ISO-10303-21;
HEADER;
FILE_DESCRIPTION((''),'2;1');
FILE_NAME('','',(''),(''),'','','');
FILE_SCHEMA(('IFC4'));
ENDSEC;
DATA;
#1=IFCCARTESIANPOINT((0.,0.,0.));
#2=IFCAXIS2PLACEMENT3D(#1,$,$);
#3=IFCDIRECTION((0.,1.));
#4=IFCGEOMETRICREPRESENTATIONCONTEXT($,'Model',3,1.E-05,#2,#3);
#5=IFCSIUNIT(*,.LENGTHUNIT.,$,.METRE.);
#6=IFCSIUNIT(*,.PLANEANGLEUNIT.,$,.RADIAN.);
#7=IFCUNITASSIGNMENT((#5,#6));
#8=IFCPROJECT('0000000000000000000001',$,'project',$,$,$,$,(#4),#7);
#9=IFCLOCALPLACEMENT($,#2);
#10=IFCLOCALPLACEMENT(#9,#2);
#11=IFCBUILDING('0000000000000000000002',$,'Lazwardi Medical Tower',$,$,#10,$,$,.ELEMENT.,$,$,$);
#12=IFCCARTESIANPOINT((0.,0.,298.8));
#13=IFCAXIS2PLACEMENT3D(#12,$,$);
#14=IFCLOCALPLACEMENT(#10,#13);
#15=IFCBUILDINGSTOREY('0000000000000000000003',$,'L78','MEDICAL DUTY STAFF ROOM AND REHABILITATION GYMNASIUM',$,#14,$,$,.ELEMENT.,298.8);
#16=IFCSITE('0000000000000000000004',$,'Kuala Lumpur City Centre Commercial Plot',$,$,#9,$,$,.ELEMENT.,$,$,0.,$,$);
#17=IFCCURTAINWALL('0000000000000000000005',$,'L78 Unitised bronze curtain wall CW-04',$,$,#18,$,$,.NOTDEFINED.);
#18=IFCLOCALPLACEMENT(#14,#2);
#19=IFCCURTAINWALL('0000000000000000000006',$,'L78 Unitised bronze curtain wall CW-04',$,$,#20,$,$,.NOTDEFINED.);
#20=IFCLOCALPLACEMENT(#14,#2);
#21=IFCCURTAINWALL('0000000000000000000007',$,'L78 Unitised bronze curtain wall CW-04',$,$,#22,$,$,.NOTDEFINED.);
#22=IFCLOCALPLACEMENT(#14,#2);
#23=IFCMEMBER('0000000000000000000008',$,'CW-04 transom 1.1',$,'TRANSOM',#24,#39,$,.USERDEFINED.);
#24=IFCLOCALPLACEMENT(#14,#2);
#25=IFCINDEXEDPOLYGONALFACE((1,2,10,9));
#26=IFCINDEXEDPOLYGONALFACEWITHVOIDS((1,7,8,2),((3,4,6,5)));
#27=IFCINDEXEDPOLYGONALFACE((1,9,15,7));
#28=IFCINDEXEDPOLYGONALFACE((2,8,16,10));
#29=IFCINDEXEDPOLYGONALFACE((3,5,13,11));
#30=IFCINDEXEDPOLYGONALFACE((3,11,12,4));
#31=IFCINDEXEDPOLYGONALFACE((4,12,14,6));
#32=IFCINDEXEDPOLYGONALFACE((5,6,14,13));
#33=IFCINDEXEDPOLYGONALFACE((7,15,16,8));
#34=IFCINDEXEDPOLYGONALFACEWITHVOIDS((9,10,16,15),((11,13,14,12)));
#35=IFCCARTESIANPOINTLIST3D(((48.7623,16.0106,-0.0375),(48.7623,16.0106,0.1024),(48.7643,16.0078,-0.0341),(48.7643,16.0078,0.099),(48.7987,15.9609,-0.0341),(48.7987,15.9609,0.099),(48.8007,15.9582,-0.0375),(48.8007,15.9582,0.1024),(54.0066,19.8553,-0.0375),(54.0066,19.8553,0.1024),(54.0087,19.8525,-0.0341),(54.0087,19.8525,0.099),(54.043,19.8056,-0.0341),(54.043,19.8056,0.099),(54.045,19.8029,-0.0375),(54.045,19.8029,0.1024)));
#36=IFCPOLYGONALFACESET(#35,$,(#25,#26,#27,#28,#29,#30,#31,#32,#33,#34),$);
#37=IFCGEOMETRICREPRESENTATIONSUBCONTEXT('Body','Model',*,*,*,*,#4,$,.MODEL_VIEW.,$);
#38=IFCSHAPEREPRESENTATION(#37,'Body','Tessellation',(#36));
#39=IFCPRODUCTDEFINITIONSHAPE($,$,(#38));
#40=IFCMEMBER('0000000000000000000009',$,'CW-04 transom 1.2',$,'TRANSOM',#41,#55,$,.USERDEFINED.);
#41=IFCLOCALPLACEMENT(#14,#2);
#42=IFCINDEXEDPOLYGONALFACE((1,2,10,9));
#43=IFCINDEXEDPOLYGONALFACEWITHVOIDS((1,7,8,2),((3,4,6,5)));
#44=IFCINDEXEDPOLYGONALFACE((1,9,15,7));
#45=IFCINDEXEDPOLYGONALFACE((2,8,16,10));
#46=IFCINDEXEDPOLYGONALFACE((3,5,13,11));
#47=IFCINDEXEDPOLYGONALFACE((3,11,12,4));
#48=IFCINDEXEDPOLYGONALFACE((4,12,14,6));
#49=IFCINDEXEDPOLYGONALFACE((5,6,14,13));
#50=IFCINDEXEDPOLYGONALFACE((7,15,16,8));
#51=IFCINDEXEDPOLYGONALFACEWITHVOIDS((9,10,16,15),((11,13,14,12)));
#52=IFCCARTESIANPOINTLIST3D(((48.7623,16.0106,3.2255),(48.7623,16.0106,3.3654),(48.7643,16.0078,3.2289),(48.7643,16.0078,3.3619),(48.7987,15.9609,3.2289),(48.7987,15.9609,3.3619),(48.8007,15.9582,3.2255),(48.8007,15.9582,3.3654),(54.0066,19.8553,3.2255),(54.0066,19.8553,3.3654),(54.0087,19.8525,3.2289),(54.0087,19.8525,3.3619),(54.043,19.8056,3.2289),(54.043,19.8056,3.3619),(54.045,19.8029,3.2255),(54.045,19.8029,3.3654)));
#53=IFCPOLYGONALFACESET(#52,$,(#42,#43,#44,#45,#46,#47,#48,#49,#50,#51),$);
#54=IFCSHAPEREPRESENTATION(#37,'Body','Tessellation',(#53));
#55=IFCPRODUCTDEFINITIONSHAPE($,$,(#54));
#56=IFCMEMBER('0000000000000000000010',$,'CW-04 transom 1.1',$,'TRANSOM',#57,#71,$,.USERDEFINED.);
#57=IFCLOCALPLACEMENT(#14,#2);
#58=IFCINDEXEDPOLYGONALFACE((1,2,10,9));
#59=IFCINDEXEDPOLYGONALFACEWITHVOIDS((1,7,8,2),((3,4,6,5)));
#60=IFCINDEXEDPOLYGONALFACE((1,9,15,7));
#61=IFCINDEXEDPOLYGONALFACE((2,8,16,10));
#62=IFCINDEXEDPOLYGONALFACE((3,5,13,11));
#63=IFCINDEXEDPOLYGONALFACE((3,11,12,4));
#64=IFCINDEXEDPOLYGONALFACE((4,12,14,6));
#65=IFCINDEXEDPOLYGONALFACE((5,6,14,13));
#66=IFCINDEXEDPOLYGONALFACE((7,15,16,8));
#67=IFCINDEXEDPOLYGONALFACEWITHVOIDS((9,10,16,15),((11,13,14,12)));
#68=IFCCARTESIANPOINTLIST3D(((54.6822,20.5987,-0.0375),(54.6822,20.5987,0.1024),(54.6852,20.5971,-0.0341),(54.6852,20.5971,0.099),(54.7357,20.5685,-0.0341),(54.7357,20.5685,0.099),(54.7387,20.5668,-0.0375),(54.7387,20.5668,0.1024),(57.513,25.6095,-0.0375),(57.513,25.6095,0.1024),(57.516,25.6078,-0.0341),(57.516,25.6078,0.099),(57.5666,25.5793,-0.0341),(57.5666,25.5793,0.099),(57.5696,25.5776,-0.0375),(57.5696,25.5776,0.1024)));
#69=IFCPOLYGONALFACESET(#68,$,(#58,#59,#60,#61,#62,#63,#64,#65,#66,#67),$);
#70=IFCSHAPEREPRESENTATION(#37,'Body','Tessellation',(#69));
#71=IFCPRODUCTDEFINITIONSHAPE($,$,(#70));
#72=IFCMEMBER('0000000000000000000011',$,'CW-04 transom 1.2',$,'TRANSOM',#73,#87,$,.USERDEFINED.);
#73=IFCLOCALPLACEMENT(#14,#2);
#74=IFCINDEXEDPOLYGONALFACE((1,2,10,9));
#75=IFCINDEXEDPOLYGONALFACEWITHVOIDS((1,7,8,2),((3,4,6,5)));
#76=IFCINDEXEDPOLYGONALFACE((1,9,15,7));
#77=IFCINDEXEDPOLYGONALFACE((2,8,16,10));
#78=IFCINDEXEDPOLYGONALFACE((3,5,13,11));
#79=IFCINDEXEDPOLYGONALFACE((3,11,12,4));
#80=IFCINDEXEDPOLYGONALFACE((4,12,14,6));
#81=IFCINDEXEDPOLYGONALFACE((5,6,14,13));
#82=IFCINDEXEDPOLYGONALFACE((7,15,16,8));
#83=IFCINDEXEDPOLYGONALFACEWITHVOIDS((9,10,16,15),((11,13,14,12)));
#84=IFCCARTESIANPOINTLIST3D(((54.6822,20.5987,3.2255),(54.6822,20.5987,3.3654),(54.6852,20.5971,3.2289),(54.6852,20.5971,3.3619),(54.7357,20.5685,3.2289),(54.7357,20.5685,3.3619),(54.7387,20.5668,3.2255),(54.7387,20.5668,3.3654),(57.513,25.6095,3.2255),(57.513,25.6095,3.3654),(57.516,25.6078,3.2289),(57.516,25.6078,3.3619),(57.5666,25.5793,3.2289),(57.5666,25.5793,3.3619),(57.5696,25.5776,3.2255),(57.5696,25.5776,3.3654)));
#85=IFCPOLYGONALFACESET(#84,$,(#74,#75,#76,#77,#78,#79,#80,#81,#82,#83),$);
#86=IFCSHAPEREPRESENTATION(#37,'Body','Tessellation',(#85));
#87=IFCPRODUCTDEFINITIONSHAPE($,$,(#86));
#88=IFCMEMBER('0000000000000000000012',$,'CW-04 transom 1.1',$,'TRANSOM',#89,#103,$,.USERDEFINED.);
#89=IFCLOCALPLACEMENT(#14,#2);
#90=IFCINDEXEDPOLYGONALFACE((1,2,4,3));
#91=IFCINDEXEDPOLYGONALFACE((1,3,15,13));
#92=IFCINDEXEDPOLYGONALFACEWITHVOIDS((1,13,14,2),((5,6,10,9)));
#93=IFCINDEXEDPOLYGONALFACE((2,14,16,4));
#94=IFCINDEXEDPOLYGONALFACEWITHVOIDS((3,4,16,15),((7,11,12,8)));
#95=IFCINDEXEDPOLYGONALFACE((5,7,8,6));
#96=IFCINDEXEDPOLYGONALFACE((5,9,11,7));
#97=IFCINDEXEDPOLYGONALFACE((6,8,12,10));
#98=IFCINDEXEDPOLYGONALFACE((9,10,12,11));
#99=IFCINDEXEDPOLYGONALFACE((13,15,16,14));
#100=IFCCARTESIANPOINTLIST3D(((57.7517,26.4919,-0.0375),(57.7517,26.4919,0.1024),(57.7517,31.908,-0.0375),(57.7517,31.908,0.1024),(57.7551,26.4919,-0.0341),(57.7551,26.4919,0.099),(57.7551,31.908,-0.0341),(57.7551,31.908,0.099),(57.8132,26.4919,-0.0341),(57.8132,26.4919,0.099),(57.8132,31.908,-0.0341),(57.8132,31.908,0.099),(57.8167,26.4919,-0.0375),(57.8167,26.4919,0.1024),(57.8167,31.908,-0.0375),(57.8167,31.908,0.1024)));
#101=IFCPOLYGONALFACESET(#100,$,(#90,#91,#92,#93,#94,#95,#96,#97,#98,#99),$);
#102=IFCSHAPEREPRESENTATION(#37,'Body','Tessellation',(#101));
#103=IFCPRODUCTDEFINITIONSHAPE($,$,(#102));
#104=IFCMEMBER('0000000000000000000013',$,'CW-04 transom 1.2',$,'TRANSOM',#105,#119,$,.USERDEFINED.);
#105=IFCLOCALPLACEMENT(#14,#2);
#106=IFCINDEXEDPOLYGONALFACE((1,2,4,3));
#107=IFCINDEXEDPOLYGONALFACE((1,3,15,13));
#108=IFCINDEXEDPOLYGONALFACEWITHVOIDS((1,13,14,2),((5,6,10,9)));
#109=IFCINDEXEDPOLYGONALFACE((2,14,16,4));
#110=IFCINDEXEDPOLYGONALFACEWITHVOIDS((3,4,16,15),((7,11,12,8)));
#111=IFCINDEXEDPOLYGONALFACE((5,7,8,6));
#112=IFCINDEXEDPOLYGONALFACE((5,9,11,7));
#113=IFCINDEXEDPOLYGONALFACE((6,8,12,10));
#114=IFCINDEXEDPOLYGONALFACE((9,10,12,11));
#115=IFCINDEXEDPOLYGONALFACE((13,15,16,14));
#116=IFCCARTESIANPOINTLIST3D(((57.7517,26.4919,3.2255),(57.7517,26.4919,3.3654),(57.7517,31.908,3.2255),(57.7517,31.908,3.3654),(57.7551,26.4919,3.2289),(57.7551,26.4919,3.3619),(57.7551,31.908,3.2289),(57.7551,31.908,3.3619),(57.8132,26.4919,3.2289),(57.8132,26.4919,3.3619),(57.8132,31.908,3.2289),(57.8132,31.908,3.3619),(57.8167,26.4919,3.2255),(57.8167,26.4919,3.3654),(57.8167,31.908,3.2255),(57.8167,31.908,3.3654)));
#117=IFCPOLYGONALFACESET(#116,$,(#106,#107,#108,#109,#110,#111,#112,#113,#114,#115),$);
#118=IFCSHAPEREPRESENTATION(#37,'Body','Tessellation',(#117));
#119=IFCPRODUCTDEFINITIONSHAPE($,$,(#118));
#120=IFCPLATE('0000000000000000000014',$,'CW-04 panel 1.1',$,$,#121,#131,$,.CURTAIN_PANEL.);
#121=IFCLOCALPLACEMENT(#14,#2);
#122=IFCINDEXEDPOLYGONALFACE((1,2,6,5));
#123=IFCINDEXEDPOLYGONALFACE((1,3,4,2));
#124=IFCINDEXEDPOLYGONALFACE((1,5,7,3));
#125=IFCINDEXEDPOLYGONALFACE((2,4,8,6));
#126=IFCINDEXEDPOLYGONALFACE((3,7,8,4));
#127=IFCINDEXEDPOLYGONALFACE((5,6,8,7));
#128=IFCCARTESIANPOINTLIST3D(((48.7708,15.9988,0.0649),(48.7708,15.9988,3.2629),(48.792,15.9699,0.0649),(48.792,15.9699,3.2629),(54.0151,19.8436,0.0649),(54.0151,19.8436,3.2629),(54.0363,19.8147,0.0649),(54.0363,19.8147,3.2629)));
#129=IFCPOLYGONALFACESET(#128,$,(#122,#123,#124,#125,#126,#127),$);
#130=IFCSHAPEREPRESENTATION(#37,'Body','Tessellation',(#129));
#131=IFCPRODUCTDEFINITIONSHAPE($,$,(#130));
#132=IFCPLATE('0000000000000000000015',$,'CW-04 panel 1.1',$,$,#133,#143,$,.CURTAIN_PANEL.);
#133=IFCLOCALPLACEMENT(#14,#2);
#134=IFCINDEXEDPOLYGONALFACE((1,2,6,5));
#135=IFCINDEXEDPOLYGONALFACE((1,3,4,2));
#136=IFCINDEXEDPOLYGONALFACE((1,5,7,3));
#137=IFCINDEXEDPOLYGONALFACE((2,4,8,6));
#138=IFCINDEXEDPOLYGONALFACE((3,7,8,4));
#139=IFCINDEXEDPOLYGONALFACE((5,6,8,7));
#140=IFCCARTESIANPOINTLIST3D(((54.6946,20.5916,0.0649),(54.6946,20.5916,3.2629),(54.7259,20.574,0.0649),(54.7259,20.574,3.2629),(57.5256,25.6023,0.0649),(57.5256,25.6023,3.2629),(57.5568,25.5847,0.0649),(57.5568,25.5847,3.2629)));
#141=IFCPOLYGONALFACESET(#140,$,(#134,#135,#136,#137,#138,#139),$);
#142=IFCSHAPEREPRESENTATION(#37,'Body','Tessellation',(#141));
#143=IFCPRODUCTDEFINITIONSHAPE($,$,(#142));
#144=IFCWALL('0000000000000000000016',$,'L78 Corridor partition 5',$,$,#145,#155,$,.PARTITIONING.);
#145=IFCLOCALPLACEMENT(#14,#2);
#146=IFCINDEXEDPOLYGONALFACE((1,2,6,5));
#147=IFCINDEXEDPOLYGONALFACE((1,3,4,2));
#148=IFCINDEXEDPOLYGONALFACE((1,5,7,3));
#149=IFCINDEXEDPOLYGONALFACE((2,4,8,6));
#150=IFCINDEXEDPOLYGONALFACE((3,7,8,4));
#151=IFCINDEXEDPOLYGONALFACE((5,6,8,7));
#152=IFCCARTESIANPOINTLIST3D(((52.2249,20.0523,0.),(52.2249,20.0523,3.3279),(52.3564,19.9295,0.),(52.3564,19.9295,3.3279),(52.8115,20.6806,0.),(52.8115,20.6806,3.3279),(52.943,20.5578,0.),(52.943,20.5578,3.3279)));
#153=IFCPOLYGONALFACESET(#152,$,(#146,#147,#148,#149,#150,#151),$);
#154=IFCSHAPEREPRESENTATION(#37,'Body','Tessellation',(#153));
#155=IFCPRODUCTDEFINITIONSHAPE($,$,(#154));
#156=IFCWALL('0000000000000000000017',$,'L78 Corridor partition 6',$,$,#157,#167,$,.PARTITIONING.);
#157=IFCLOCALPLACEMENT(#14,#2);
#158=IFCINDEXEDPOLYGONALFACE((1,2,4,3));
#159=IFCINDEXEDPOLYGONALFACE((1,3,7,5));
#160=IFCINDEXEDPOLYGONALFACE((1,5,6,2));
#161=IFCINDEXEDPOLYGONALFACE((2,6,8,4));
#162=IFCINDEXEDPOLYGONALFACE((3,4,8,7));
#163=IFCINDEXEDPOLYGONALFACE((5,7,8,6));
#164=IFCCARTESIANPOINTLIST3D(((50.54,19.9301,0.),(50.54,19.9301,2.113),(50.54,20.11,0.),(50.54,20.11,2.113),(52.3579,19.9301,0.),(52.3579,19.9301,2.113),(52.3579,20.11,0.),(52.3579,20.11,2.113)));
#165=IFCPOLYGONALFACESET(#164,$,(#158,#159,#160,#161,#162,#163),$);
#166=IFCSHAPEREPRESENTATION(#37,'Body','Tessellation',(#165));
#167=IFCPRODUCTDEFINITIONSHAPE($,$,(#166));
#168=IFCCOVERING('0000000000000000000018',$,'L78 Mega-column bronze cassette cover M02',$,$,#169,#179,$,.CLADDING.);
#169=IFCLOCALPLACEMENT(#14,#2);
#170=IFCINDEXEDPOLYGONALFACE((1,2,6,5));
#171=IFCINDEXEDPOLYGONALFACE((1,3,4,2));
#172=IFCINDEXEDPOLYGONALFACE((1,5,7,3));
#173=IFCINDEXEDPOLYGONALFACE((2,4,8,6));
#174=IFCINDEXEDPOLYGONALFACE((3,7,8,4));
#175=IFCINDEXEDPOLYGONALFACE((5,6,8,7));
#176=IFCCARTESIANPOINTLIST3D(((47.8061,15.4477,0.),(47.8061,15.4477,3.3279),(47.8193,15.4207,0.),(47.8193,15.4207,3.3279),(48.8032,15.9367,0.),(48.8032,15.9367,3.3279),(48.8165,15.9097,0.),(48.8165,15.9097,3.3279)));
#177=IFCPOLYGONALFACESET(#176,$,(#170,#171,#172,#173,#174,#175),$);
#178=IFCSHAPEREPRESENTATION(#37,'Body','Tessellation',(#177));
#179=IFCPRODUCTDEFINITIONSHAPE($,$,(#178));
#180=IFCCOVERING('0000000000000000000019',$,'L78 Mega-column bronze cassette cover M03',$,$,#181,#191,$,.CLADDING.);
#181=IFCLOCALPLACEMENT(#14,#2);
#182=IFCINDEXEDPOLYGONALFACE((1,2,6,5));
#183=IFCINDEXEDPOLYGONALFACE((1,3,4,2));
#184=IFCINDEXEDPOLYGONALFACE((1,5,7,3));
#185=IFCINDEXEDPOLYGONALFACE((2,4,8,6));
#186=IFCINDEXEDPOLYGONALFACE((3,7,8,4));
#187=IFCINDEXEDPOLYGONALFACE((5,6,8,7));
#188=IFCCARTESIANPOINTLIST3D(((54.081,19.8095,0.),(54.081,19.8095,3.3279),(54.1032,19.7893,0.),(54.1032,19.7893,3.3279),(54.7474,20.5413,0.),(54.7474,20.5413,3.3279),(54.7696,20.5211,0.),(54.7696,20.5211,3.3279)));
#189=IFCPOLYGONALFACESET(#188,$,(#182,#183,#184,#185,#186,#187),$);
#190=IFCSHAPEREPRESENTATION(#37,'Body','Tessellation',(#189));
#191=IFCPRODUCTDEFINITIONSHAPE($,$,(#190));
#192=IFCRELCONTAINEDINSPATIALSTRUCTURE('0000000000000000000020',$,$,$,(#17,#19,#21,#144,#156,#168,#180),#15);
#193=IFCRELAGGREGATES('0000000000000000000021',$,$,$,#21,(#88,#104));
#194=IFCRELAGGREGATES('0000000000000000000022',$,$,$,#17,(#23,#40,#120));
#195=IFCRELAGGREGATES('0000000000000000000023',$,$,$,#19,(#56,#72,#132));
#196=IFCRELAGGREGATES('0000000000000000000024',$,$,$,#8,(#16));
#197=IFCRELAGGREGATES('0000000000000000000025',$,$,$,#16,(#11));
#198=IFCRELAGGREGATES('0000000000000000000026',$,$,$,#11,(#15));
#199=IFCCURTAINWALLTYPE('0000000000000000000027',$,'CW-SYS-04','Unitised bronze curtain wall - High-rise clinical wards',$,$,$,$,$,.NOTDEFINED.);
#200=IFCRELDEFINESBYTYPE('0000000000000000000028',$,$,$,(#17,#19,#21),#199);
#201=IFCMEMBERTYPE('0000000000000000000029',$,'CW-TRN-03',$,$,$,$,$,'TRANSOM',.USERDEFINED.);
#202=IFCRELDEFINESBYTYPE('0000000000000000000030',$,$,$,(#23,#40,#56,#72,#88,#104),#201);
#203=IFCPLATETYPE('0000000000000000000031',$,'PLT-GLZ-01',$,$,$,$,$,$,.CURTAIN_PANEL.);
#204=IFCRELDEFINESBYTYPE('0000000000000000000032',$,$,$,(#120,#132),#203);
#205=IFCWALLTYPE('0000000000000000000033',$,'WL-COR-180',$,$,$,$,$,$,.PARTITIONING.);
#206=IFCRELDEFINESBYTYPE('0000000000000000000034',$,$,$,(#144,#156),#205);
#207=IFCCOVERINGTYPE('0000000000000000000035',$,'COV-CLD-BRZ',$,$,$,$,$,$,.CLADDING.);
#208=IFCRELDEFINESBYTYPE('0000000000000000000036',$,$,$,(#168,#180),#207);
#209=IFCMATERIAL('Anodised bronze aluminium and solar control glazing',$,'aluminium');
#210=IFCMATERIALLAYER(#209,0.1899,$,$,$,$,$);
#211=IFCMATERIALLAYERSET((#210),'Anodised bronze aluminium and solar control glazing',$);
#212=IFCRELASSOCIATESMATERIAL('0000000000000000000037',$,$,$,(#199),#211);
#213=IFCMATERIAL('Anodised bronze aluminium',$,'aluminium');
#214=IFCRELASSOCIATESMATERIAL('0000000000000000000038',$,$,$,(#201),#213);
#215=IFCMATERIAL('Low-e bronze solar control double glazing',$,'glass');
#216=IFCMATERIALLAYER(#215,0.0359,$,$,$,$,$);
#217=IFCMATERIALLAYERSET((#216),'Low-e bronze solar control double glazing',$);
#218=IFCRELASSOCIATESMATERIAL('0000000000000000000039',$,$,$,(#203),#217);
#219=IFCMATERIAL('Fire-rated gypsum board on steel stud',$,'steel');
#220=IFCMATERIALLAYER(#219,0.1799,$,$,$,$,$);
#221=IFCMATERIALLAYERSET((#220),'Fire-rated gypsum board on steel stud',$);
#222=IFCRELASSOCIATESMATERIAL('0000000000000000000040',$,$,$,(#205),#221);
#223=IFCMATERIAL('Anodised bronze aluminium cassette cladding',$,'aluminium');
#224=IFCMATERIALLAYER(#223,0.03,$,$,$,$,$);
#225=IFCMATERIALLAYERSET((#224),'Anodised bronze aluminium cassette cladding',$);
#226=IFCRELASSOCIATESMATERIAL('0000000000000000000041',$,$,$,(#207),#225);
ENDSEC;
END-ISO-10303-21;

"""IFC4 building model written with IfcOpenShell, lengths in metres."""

from ifc_helpers import new_model, si_unit, direction, frame, frame_2d, origin, origin_2d, place, context, subcontext, project, spatial, rectangle, hollow_rectangle, extrude, material, layer, layer_set, material_profile, profile_set, type_object, element, aggregate, save


model = new_model("IFC4")

# Units and contexts
model_context = context("Model", 3, precision=1e-05, world=origin(), true_north=direction((0.0, 1.0)))
body_context = subcontext(model_context, "Body", "Model", "MODEL_VIEW")
ifc_project = project(units=[si_unit("LENGTHUNIT", "METRE"), si_unit("PLANEANGLEUNIT", "RADIAN")], contexts=[model_context])

# Site, building, storey
site_placement = place(None, origin())
site = spatial("IfcSite", under=ifc_project, at=site_placement, Name="Kuala Lumpur City Centre Commercial Plot", CompositionType="ELEMENT", RefElevation=0.0)
building_placement = place(site_placement, origin())
building = spatial("IfcBuilding", under=site, at=building_placement, Name="Lazwardi Medical Tower", CompositionType="ELEMENT")
storey_placement = place(building_placement, frame((0.0, 0.0, 298.8)))
storey = spatial("IfcBuildingStorey", under=building, at=storey_placement, Name="L78", Description="MEDICAL DUTY STAFF ROOM AND REHABILITATION GYMNASIUM", CompositionType="ELEMENT", Elevation=298.8)

# Curtain walls
ifc_material_1 = material(Name="Anodised bronze aluminium and solar control glazing", Category="aluminium")
ifc_layer_1 = layer(ifc_material_1, 0.1899)
ifc_layer_set_1 = layer_set([ifc_layer_1], Name="Anodised bronze aluminium and solar control glazing")
curtain_wall_type = type_object("IfcCurtainWallType", Name="CW-SYS-04", Description="Unitised bronze curtain wall - High-rise clinical wards", PredefinedType="NOTDEFINED", material=ifc_layer_set_1)
curtain_wall_1_placement = place(storey_placement, origin())
curtain_wall_1 = element("IfcCurtainWall", 1, at=curtain_wall_1_placement, inside=storey, type_object=curtain_wall_type, Name="L78 Unitised bronze curtain wall CW-04", PredefinedType="NOTDEFINED")
ifc_material_2 = material(Name="Anodised bronze aluminium", Category="aluminium")
curtain_wall_2_placement = place(storey_placement, origin())
curtain_wall_2 = element("IfcCurtainWall", 2, at=curtain_wall_2_placement, inside=storey, type_object=curtain_wall_type, Name="L78 Unitised bronze curtain wall CW-04", PredefinedType="NOTDEFINED")

# Curtain wall
curtain_wall_3_placement = place(storey_placement, origin())
curtain_wall_3 = element("IfcCurtainWall", 3, at=curtain_wall_3_placement, inside=storey, type_object=curtain_wall_type, Name="L78 Unitised bronze curtain wall CW-04", PredefinedType="NOTDEFINED")

# Members
ifc_material_profile_1 = material_profile(ifc_material_2, hollow_rectangle(XDim=0.0649, YDim=0.1399, WallThickness=0.0034, at=origin_2d()), Name="ALU-TRANSOM 140x65x3.5")
ifc_profile_set_1 = profile_set([ifc_material_profile_1], Name="Anodised bronze aluminium")
member_type_1 = type_object("IfcMemberType", Name="CW-TRN-03", ElementType="TRANSOM", PredefinedType="USERDEFINED", material=ifc_profile_set_1)
member_1_placement = place(storey_placement, frame((48.7815, 15.9844, 0.0325), z_axis=(0.80649, 0.591248, 0.0), x_axis=(-0.591248, 0.80649, 0.0)))
member_1 = element("IfcMember", 4, at=member_1_placement, type_object=member_type_1, Name="CW-04 transom 1.1", ObjectType="TRANSOM", PredefinedType="USERDEFINED", context=body_context, shape_type="SweptSolid", body=[
    extrude(hollow_rectangle(XDim=0.0649, YDim=0.1399, WallThickness=0.0034, at=origin_2d()), origin(), (0.0, 0.0, 1.0), 6.5027),
])
member_2_placement = place(storey_placement, frame((48.7815, 15.9844, 3.2954), z_axis=(0.80649, 0.591248, 0.0), x_axis=(-0.591248, 0.80649, 0.0)))
member_2 = element("IfcMember", 5, at=member_2_placement, type_object=member_type_1, Name="CW-04 transom 1.2", ObjectType="TRANSOM", PredefinedType="USERDEFINED", context=body_context, shape_type="SweptSolid", body=[
    extrude(hollow_rectangle(XDim=0.0649, YDim=0.1399, WallThickness=0.0034, at=origin_2d()), origin(), (0.0, 0.0, 1.0), 6.5027),
])
member_3_placement = place(storey_placement, frame((54.7104, 20.5828, 0.0325), z_axis=(0.49188, 0.870663, 0.0), x_axis=(-0.870663, 0.49188, 0.0)))
member_3 = element("IfcMember", 6, at=member_3_placement, type_object=member_type_1, Name="CW-04 transom 1.1", ObjectType="TRANSOM", PredefinedType="USERDEFINED", context=body_context, shape_type="SweptSolid", body=[
    extrude(hollow_rectangle(XDim=0.0649, YDim=0.1399, WallThickness=0.0034, at=origin_2d()), origin(), (0.0, 0.0, 1.0), 5.7551),
])
member_4_placement = place(storey_placement, frame((54.7104, 20.5828, 3.2954), z_axis=(0.49188, 0.870663, 0.0), x_axis=(-0.870663, 0.49188, 0.0)))
member_4 = element("IfcMember", 7, at=member_4_placement, type_object=member_type_1, Name="CW-04 transom 1.2", ObjectType="TRANSOM", PredefinedType="USERDEFINED", context=body_context, shape_type="SweptSolid", body=[
    extrude(hollow_rectangle(XDim=0.0649, YDim=0.1399, WallThickness=0.0034, at=origin_2d()), origin(), (0.0, 0.0, 1.0), 5.7551),
])
member_5_placement = place(storey_placement, frame((57.7842, 26.4919, 0.0325), z_axis=(0.0, 1.0, 0.0), x_axis=(-1.0, 0.0, 0.0)))
member_5 = element("IfcMember", 8, at=member_5_placement, type_object=member_type_1, Name="CW-04 transom 1.1", ObjectType="TRANSOM", PredefinedType="USERDEFINED", context=body_context, shape_type="SweptSolid", body=[
    extrude(hollow_rectangle(XDim=0.0649, YDim=0.1399, WallThickness=0.0034, at=origin_2d()), origin(), (0.0, 0.0, 1.0), 5.416),
])
member_6_placement = place(storey_placement, frame((57.7842, 26.4919, 3.2954), z_axis=(0.0, 1.0, 0.0), x_axis=(-1.0, 0.0, 0.0)))
member_6 = element("IfcMember", 9, at=member_6_placement, type_object=member_type_1, Name="CW-04 transom 1.2", ObjectType="TRANSOM", PredefinedType="USERDEFINED", context=body_context, shape_type="SweptSolid", body=[
    extrude(hollow_rectangle(XDim=0.0649, YDim=0.1399, WallThickness=0.0034, at=origin_2d()), origin(), (0.0, 0.0, 1.0), 5.416),
])
aggregate(curtain_wall_3, [member_5, member_6])

# Plates
ifc_material_3 = material(Name="Low-e bronze solar control double glazing", Category="glass")
ifc_layer_2 = layer(ifc_material_3, 0.0359)
ifc_layer_set_2 = layer_set([ifc_layer_2], Name="Low-e bronze solar control double glazing")
plate_type = type_object("IfcPlateType", Name="PLT-GLZ-01", PredefinedType="CURTAIN_PANEL", material=ifc_layer_set_2)
plate_1_placement = place(storey_placement, frame((51.4036, 17.9067, 0.0649), z_axis=(0.0, 0.0, 1.0), x_axis=(0.806475, 0.591268, 0.0)))
plate_1 = element("IfcPlate", 10, at=plate_1_placement, type_object=plate_type, Name="CW-04 panel 1.1", PredefinedType="CURTAIN_PANEL", context=body_context, shape_type="SweptSolid", body=[
    extrude(rectangle(XDim=6.5027, YDim=0.0359, at=origin_2d()), origin(), (0.0, 0.0, 1.0), 3.198),
])
aggregate(curtain_wall_1, [member_1, member_2, plate_1])
plate_2_placement = place(storey_placement, frame((56.1257, 23.0881, 0.0649), z_axis=(0.0, 0.0, 1.0), x_axis=(0.4919, 0.870651, 0.0)))
plate_2 = element("IfcPlate", 11, at=plate_2_placement, type_object=plate_type, Name="CW-04 panel 1.1", PredefinedType="CURTAIN_PANEL", context=body_context, shape_type="SweptSolid", body=[
    extrude(rectangle(XDim=5.7551, YDim=0.0359, at=origin_2d()), origin(), (0.0, 0.0, 1.0), 3.198),
])
aggregate(curtain_wall_2, [member_3, member_4, plate_2])

# Walls
ifc_material_4 = material(Name="Fire-rated gypsum board on steel stud", Category="steel")
ifc_layer_3 = layer(ifc_material_4, 0.1799)
ifc_layer_set_3 = layer_set([ifc_layer_3], Name="Fire-rated gypsum board on steel stud")
wall_type = type_object("IfcWallType", Name="WL-COR-180", PredefinedType="PARTITIONING", material=ifc_layer_set_3)
wall_1_placement = place(storey_placement, frame((52.8772, 20.6191, 0.0), z_axis=(0.0, 0.0, 1.0), x_axis=(-0.682409, -0.73097, 0.0)))
element("IfcWall", 12, at=wall_1_placement, inside=storey, type_object=wall_type, Name="L78 Corridor partition 5", PredefinedType="PARTITIONING", context=body_context, shape_type="SweptSolid", body=[
    extrude(rectangle(XDim=0.8596, YDim=0.1799, at=frame_2d((0.4297, 0.0))), origin(), (0.0, 0.0, 1.0), 3.3279),
])
wall_2_placement = place(storey_placement, frame((52.3579, 20.02, 0.0), z_axis=(0.0, 0.0, 1.0), x_axis=(-1.0, 0.0, 0.0)))
element("IfcWall", 13, at=wall_2_placement, inside=storey, type_object=wall_type, Name="L78 Corridor partition 6", PredefinedType="PARTITIONING", context=body_context, shape_type="SweptSolid", body=[
    extrude(rectangle(XDim=1.8179, YDim=0.1799, at=frame_2d((0.9089, 0.0))), origin(), (0.0, 0.0, 1.0), 2.113),
])

# Coverings
ifc_material_5 = material(Name="Anodised bronze aluminium cassette cladding", Category="aluminium")
ifc_layer_4 = layer(ifc_material_5, 0.03)
ifc_layer_set_4 = layer_set([ifc_layer_4], Name="Anodised bronze aluminium cassette cladding")
covering_type = type_object("IfcCoveringType", Name="COV-CLD-BRZ", PredefinedType="CLADDING", material=ifc_layer_set_4)
covering_1_placement = place(storey_placement, frame((48.3113, 15.6787, 0.0), z_axis=(0.0, 0.0, 1.0), x_axis=(0.89784, 0.440322, 0.0)))
element("IfcCovering", 14, at=covering_1_placement, inside=storey, type_object=covering_type, Name="L78 Mega-column bronze cassette cover M02", PredefinedType="CLADDING", context=body_context, shape_type="SweptSolid", body=[
    extrude(rectangle(XDim=1.1106, YDim=0.03, at=origin_2d()), origin(), (0.0, 0.0, 1.0), 3.3279),
])
covering_2_placement = place(storey_placement, frame((54.4253, 20.1653, 0.0), z_axis=(0.0, 0.0, 1.0), x_axis=(0.673241, 0.739423, 0.0)))
element("IfcCovering", 15, at=covering_2_placement, inside=storey, type_object=covering_type, Name="L78 Mega-column bronze cassette cover M03", PredefinedType="CLADDING", context=body_context, shape_type="SweptSolid", body=[
    extrude(rectangle(XDim=0.9897, YDim=0.03, at=origin_2d()), origin(), (0.0, 0.0, 1.0), 3.3279),
])

save(model, "model.ifc")
